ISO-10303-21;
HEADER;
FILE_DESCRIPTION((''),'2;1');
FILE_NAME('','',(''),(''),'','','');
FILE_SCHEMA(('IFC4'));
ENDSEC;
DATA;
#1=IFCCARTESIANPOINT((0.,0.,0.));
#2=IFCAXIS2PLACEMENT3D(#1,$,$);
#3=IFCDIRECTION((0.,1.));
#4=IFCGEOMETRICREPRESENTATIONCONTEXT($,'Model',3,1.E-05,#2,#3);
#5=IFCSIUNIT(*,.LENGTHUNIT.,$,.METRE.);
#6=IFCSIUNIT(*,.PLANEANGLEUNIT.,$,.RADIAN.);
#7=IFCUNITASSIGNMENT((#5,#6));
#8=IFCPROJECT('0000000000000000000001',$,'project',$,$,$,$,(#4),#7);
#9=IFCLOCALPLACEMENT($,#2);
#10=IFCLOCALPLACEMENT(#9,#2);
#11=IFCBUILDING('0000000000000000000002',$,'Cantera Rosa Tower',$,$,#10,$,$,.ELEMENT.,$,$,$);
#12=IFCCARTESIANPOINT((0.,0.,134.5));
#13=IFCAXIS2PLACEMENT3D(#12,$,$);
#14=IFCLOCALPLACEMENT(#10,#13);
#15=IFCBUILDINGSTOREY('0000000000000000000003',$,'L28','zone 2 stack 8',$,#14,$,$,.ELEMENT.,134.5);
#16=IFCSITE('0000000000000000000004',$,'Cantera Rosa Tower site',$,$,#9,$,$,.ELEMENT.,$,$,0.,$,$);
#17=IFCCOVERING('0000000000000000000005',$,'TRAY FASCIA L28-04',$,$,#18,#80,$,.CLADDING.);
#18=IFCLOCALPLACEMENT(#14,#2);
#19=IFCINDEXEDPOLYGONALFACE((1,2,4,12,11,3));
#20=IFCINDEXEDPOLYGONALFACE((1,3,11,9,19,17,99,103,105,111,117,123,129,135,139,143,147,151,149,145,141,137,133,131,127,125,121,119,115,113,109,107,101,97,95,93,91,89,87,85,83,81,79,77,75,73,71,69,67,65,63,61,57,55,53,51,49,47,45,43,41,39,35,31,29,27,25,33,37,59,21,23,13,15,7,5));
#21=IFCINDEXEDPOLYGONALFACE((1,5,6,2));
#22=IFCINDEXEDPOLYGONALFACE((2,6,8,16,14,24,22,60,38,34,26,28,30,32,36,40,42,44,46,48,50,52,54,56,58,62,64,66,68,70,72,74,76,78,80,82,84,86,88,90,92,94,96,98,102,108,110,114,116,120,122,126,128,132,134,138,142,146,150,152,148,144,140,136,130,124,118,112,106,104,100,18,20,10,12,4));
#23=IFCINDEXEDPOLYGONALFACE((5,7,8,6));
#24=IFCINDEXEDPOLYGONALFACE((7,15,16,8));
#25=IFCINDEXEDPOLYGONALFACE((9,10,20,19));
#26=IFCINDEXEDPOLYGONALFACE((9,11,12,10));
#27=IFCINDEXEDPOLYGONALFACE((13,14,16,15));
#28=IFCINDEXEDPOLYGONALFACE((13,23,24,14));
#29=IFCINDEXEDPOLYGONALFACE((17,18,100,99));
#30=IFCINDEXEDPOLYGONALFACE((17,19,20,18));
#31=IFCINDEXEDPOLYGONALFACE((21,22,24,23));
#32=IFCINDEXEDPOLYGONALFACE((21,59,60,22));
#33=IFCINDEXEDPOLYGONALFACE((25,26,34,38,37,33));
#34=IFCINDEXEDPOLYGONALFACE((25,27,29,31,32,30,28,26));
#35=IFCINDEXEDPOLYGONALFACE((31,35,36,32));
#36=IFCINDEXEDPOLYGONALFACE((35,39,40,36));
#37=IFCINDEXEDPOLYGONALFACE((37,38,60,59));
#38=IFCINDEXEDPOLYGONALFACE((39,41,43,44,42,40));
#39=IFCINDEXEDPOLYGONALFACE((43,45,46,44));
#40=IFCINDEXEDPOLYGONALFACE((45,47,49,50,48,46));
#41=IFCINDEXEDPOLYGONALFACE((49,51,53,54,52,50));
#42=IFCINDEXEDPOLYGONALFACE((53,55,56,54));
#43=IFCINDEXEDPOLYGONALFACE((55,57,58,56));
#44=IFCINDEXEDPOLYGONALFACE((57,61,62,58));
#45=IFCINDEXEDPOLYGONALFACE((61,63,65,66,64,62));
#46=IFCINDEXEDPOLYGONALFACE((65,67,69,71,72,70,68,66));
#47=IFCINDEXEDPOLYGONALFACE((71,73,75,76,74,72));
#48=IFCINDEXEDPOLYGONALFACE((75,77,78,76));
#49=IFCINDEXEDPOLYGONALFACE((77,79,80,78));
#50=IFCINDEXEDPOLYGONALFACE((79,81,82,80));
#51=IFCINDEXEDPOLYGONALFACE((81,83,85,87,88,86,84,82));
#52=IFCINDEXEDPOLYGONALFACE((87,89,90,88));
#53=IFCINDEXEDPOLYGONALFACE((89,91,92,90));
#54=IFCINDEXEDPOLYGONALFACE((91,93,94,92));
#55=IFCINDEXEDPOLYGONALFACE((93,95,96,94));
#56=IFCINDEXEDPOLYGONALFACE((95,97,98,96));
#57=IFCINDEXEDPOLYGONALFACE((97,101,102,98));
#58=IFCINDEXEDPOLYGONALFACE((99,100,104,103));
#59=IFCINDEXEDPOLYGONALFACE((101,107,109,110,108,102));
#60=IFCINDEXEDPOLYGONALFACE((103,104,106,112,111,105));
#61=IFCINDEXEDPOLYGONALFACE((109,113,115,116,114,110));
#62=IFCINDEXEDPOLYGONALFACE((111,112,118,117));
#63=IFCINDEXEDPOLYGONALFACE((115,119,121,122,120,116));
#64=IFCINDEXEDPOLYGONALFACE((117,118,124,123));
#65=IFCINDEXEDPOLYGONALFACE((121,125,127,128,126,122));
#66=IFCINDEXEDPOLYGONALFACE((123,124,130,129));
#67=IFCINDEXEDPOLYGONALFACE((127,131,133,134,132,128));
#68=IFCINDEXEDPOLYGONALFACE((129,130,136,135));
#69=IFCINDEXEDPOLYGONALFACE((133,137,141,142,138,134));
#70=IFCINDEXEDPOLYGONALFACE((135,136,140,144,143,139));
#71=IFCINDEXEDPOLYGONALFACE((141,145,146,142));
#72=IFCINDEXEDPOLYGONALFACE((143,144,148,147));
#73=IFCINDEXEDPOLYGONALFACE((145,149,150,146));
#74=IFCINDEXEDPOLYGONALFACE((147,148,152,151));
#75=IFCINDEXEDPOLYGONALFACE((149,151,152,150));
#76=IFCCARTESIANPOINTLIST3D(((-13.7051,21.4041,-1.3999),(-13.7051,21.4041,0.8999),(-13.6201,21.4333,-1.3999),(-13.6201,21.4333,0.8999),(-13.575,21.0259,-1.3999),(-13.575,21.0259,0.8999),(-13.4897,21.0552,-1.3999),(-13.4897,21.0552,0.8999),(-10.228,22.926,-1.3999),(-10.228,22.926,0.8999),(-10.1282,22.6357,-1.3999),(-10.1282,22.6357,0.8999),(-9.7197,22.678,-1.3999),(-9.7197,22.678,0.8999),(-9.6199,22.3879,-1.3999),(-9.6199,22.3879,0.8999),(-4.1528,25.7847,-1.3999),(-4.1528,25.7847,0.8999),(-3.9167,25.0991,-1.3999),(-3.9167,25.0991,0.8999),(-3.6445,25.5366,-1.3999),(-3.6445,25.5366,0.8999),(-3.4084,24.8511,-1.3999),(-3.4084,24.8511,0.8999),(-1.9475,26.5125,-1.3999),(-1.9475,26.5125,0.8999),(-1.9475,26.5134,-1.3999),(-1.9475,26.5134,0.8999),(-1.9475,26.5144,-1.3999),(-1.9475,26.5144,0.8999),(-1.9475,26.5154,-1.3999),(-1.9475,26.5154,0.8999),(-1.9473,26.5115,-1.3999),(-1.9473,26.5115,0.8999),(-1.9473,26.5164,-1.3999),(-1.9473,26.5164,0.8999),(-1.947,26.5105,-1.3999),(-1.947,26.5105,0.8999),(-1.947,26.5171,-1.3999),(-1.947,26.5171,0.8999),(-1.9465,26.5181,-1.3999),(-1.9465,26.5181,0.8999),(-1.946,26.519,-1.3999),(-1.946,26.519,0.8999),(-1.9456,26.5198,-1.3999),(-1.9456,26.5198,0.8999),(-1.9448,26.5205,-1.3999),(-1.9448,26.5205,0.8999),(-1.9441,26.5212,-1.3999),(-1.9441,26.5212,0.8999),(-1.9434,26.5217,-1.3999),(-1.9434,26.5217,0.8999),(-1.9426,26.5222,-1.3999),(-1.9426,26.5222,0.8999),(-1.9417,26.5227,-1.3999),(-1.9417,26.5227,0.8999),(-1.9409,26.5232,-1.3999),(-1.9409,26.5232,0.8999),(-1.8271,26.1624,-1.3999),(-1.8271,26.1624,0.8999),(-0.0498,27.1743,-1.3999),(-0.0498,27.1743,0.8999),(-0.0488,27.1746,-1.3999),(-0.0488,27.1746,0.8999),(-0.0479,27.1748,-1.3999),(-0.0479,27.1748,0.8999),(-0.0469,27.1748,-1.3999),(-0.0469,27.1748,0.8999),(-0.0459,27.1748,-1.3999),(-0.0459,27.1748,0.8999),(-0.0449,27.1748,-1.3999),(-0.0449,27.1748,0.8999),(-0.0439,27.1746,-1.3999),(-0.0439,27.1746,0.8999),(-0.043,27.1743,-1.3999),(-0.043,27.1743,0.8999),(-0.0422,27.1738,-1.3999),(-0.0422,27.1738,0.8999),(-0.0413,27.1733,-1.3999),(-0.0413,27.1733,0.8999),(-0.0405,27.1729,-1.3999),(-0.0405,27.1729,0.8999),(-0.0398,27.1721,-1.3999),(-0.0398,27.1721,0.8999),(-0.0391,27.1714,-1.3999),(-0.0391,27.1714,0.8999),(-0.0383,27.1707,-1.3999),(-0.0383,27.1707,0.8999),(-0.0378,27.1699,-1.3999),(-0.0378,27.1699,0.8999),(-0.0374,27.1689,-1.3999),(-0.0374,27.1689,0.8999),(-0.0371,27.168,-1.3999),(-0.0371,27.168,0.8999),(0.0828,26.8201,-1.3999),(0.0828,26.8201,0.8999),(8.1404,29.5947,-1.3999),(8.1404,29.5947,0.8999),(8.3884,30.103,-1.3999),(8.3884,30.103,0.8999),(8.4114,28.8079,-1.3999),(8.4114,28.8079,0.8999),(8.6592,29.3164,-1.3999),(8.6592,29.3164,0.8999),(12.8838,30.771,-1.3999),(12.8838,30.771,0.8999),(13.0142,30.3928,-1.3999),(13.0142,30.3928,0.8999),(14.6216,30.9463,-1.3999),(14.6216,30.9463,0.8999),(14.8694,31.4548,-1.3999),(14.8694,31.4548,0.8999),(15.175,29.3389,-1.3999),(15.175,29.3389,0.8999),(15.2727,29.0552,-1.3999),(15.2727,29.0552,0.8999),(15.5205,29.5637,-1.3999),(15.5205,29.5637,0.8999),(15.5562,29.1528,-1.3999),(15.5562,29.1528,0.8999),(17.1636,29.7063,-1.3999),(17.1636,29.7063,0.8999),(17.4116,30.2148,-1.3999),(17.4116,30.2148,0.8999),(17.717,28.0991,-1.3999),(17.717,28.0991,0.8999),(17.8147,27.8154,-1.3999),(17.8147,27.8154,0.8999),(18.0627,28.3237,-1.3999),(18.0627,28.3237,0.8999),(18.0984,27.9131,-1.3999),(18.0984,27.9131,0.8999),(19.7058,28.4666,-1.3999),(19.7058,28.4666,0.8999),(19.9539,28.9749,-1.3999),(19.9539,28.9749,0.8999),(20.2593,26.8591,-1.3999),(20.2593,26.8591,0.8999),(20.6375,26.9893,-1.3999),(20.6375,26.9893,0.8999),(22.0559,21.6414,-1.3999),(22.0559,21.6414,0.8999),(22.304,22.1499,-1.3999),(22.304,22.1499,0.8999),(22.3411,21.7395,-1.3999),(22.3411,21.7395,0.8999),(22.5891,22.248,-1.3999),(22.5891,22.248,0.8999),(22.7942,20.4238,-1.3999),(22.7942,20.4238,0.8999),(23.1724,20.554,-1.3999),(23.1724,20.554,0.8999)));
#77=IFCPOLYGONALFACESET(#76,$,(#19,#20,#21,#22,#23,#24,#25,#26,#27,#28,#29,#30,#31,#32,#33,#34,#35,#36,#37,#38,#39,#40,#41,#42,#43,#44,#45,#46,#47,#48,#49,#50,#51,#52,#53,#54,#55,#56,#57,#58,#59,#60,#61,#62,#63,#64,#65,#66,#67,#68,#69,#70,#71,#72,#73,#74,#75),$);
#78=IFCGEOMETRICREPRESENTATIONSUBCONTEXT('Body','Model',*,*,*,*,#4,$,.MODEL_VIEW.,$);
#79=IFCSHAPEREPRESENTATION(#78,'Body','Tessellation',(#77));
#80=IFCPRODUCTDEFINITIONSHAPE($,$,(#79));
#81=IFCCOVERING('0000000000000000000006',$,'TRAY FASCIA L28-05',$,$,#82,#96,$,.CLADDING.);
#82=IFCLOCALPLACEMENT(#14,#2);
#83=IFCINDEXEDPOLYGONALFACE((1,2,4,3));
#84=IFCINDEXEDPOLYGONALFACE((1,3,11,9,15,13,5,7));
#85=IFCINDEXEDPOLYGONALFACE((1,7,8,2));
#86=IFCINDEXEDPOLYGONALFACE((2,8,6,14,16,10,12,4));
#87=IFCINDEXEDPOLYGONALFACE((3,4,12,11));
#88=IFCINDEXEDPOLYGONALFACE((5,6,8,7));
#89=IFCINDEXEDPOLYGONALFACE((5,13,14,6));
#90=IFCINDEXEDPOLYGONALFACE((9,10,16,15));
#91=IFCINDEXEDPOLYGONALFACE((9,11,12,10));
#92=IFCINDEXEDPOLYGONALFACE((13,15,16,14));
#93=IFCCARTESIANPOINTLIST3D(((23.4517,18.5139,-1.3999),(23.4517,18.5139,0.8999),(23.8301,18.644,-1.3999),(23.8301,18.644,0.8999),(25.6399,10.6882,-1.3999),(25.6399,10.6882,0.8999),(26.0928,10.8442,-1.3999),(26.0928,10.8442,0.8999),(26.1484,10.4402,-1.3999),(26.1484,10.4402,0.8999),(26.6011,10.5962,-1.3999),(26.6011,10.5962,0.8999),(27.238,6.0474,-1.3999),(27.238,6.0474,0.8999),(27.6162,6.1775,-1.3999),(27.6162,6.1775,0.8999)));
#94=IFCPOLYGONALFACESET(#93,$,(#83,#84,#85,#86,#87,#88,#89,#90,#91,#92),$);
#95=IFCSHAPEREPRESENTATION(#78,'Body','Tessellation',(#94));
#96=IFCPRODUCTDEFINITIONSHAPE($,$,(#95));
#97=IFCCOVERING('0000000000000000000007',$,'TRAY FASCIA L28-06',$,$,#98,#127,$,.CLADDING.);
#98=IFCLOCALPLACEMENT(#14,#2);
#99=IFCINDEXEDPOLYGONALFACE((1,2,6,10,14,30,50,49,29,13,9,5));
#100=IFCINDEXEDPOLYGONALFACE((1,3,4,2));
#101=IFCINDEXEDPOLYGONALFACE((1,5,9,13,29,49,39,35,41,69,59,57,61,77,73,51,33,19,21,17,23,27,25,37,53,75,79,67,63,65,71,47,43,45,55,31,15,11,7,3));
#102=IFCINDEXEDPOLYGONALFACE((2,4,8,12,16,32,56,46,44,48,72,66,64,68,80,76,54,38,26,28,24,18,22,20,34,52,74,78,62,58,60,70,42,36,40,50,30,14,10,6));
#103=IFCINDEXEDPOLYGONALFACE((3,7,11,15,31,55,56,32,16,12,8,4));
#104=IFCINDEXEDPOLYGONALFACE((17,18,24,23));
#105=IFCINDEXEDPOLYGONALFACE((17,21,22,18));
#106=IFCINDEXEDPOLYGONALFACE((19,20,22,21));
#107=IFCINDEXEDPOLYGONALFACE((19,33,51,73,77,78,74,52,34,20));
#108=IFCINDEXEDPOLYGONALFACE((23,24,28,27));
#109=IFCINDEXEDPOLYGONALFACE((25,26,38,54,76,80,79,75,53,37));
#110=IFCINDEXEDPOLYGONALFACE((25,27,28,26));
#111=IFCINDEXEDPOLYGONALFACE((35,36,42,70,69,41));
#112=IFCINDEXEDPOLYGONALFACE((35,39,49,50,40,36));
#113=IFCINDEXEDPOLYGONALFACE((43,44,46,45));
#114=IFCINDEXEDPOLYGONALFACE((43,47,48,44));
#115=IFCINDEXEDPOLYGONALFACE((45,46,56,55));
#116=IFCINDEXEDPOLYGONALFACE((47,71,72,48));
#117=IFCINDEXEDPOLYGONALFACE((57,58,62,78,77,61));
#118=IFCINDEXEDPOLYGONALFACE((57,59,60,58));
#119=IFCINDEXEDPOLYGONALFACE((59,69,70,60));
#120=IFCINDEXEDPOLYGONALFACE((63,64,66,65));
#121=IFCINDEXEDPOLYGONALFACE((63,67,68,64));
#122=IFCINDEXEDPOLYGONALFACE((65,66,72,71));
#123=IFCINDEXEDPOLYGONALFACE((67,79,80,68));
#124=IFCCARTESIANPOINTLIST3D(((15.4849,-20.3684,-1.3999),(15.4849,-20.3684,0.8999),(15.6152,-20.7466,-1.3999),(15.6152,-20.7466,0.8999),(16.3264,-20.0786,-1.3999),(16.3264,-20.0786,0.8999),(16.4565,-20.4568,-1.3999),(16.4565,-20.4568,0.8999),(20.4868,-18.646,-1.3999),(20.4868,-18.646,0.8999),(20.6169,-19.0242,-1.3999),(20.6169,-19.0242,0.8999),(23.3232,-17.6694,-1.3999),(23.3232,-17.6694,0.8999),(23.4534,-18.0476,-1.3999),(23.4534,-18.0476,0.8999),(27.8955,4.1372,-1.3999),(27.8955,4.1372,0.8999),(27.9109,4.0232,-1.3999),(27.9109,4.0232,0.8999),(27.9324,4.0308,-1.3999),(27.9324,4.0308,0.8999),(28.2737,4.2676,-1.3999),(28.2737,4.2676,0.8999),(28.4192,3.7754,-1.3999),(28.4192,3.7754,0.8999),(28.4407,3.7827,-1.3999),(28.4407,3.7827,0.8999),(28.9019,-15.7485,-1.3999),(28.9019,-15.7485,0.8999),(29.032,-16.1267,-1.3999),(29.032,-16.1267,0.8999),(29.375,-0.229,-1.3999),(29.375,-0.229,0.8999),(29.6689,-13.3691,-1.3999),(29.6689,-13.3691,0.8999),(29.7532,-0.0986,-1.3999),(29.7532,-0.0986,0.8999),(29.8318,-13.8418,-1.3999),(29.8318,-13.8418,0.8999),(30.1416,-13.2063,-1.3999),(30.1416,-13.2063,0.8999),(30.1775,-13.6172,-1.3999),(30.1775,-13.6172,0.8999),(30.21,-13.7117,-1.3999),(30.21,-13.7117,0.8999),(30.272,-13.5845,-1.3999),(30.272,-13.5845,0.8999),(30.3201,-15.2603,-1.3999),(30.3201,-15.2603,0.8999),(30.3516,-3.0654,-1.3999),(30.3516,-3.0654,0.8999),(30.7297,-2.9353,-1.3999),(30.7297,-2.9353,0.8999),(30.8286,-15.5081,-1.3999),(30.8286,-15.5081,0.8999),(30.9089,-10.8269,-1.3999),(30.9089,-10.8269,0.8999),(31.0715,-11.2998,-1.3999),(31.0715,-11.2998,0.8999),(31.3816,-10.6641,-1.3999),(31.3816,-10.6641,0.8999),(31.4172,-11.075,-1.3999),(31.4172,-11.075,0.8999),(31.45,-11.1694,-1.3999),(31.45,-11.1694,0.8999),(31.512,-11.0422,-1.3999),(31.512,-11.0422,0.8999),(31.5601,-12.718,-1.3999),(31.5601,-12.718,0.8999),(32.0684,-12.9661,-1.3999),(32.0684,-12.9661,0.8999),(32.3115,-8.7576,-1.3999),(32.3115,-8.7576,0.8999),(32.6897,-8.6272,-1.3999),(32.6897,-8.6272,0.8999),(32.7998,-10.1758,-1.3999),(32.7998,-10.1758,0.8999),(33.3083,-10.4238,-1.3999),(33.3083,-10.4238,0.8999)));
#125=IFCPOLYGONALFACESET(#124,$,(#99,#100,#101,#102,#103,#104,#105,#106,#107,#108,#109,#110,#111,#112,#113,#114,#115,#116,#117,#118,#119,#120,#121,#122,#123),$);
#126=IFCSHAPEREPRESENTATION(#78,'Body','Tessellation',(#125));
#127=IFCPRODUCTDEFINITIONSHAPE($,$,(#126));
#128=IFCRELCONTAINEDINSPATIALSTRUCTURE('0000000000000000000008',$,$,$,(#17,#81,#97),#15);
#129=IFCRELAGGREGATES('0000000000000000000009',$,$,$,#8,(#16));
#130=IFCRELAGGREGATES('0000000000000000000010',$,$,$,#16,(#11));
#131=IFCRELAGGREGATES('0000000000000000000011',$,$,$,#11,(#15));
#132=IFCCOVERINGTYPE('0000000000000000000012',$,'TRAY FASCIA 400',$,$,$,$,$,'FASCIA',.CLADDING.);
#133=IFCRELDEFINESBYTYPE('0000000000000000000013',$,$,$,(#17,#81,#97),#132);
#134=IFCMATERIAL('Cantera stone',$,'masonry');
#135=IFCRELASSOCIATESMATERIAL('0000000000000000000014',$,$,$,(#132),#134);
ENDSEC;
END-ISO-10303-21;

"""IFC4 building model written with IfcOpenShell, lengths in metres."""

from ifc_helpers import new_model, si_unit, direction, frame, origin, place, context, subcontext, project, spatial, polyline, outline, extrude, material, type_object, element, save


model = new_model("IFC4")

# Units and contexts
model_context = context("Model", 3, precision=1e-05, world=origin(), true_north=direction((0.0, 1.0)))
body_context = subcontext(model_context, "Body", "Model", "MODEL_VIEW")
ifc_project = project(units=[si_unit("LENGTHUNIT", "METRE"), si_unit("PLANEANGLEUNIT", "RADIAN")], contexts=[model_context])

# Site, building, storey
site_placement = place(None, origin())
site = spatial("IfcSite", under=ifc_project, at=site_placement, Name="Cantera Rosa Tower site", CompositionType="ELEMENT", RefElevation=0.0)
building_placement = place(site_placement, origin())
building = spatial("IfcBuilding", under=site, at=building_placement, Name="Cantera Rosa Tower", CompositionType="ELEMENT")
storey_placement = place(building_placement, frame((0.0, 0.0, 134.5)))
storey = spatial("IfcBuildingStorey", under=building, at=storey_placement, Name="L28", Description="zone 2 stack 8", CompositionType="ELEMENT", Elevation=134.5)

# Coverings
ifc_material_1 = material(Name="Cantera stone", Category="masonry")
covering_type_1 = type_object("IfcCoveringType", Name="TRAY FASCIA 400", ElementType="FASCIA", PredefinedType="CLADDING", material=ifc_material_1)
covering_1_placement = place(storey_placement, frame((0.0, 0.0, -1.3999)))
element("IfcCovering", 1, at=covering_1_placement, inside=storey, type_object=covering_type_1, Name="TRAY FASCIA L28-04", PredefinedType="CLADDING", context=body_context, shape_type="SweptSolid", body=[
    extrude(outline(polyline([(-13.6201, 21.4333), (-10.1282, 22.6357), (-10.228, 22.926), (-3.9167, 25.0991), (-4.1528, 25.7847), (8.3884, 30.103), (8.6592, 29.3164), (12.8838, 30.771), (14.8694, 31.4548), (15.5205, 29.5637), (17.4116, 30.2148), (18.0627, 28.3237), (19.9539, 28.9749), (20.6375, 26.9893), (22.304, 22.1499), (22.5891, 22.248), (23.1724, 20.554), (22.7942, 20.4238), (22.3411, 21.7395), (22.0559, 21.6414), (20.2593, 26.8591), (19.7058, 28.4666), (18.0984, 27.9131), (17.8147, 27.8154), (17.717, 28.0991), (17.1636, 29.7063), (15.5562, 29.1528), (15.2727, 29.0552), (15.175, 29.3389), (14.6216, 30.9463), (13.0142, 30.3928), (8.4114, 28.8079), (8.1404, 29.5947), (0.0828, 26.8201), (-0.0371, 27.168), (-0.0374, 27.1689), (-0.0378, 27.1699), (-0.0383, 27.1707), (-0.0391, 27.1714), (-0.0398, 27.1721), (-0.0405, 27.1729), (-0.0413, 27.1733), (-0.0422, 27.1738), (-0.043, 27.1743), (-0.0439, 27.1746), (-0.0449, 27.1748), (-0.0459, 27.1748), (-0.0469, 27.1748), (-0.0479, 27.1748), (-0.0488, 27.1746), (-0.0498, 27.1743), (-1.9409, 26.5232), (-1.9417, 26.5227), (-1.9426, 26.5222), (-1.9434, 26.5217), (-1.9441, 26.5212), (-1.9448, 26.5205), (-1.9456, 26.5198), (-1.946, 26.519), (-1.9465, 26.5181), (-1.947, 26.5171), (-1.9473, 26.5164), (-1.9475, 26.5154), (-1.9475, 26.5144), (-1.9475, 26.5134), (-1.9475, 26.5125), (-1.9473, 26.5115), (-1.947, 26.5105), (-1.8271, 26.1624), (-3.6445, 25.5366), (-3.4084, 24.8511), (-9.7197, 22.678), (-9.6199, 22.3879), (-13.4897, 21.0552), (-13.575, 21.0259), (-13.7051, 21.4041), (-13.6201, 21.4333)])), origin(), (0.0, 0.0, 1.0), 2.2998),
])
covering_2_placement = place(storey_placement, frame((0.0, 0.0, -1.3999)))
element("IfcCovering", 2, at=covering_2_placement, inside=storey, type_object=covering_type_1, Name="TRAY FASCIA L28-05", PredefinedType="CLADDING", context=body_context, shape_type="SweptSolid", body=[
    extrude(outline(polyline([(26.6011, 10.5962), (26.1484, 10.4402), (27.6162, 6.1775), (27.238, 6.0474), (25.6399, 10.6882), (26.0928, 10.8442), (23.4517, 18.5139), (23.8301, 18.644), (26.6011, 10.5962)])), origin(), (0.0, 0.0, 1.0), 2.2998),
])
covering_3_placement = place(storey_placement, frame((0.0, 0.0, -1.3999)))
element("IfcCovering", 3, at=covering_3_placement, inside=storey, type_object=covering_type_1, Name="TRAY FASCIA L28-06", PredefinedType="CLADDING", context=body_context, shape_type="SweptSolid", body=[
    extrude(outline(polyline([(28.4407, 3.7827), (28.4192, 3.7754), (29.7532, -0.0986), (30.7297, -2.9353), (32.6897, -8.6272), (33.3083, -10.4238), (31.512, -11.0422), (31.4172, -11.075), (31.45, -11.1694), (32.0684, -12.9661), (30.272, -13.5845), (30.1775, -13.6172), (30.21, -13.7117), (30.8286, -15.5081), (29.032, -16.1267), (23.4534, -18.0476), (20.6169, -19.0242), (16.4565, -20.4568), (15.6152, -20.7466), (15.4849, -20.3684), (16.3264, -20.0786), (20.4868, -18.646), (23.3232, -17.6694), (28.9019, -15.7485), (30.3201, -15.2603), (29.8318, -13.8418), (29.6689, -13.3691), (30.1416, -13.2063), (31.5601, -12.718), (31.0715, -11.2998), (30.9089, -10.8269), (31.3816, -10.6641), (32.7998, -10.1758), (32.3115, -8.7576), (30.3516, -3.0654), (29.375, -0.229), (27.9109, 4.0232), (27.9324, 4.0308), (27.8955, 4.1372), (28.2737, 4.2676), (28.4407, 3.7827)])), origin(), (0.0, 0.0, 1.0), 2.2998),
])

save(model, "model.ifc")
